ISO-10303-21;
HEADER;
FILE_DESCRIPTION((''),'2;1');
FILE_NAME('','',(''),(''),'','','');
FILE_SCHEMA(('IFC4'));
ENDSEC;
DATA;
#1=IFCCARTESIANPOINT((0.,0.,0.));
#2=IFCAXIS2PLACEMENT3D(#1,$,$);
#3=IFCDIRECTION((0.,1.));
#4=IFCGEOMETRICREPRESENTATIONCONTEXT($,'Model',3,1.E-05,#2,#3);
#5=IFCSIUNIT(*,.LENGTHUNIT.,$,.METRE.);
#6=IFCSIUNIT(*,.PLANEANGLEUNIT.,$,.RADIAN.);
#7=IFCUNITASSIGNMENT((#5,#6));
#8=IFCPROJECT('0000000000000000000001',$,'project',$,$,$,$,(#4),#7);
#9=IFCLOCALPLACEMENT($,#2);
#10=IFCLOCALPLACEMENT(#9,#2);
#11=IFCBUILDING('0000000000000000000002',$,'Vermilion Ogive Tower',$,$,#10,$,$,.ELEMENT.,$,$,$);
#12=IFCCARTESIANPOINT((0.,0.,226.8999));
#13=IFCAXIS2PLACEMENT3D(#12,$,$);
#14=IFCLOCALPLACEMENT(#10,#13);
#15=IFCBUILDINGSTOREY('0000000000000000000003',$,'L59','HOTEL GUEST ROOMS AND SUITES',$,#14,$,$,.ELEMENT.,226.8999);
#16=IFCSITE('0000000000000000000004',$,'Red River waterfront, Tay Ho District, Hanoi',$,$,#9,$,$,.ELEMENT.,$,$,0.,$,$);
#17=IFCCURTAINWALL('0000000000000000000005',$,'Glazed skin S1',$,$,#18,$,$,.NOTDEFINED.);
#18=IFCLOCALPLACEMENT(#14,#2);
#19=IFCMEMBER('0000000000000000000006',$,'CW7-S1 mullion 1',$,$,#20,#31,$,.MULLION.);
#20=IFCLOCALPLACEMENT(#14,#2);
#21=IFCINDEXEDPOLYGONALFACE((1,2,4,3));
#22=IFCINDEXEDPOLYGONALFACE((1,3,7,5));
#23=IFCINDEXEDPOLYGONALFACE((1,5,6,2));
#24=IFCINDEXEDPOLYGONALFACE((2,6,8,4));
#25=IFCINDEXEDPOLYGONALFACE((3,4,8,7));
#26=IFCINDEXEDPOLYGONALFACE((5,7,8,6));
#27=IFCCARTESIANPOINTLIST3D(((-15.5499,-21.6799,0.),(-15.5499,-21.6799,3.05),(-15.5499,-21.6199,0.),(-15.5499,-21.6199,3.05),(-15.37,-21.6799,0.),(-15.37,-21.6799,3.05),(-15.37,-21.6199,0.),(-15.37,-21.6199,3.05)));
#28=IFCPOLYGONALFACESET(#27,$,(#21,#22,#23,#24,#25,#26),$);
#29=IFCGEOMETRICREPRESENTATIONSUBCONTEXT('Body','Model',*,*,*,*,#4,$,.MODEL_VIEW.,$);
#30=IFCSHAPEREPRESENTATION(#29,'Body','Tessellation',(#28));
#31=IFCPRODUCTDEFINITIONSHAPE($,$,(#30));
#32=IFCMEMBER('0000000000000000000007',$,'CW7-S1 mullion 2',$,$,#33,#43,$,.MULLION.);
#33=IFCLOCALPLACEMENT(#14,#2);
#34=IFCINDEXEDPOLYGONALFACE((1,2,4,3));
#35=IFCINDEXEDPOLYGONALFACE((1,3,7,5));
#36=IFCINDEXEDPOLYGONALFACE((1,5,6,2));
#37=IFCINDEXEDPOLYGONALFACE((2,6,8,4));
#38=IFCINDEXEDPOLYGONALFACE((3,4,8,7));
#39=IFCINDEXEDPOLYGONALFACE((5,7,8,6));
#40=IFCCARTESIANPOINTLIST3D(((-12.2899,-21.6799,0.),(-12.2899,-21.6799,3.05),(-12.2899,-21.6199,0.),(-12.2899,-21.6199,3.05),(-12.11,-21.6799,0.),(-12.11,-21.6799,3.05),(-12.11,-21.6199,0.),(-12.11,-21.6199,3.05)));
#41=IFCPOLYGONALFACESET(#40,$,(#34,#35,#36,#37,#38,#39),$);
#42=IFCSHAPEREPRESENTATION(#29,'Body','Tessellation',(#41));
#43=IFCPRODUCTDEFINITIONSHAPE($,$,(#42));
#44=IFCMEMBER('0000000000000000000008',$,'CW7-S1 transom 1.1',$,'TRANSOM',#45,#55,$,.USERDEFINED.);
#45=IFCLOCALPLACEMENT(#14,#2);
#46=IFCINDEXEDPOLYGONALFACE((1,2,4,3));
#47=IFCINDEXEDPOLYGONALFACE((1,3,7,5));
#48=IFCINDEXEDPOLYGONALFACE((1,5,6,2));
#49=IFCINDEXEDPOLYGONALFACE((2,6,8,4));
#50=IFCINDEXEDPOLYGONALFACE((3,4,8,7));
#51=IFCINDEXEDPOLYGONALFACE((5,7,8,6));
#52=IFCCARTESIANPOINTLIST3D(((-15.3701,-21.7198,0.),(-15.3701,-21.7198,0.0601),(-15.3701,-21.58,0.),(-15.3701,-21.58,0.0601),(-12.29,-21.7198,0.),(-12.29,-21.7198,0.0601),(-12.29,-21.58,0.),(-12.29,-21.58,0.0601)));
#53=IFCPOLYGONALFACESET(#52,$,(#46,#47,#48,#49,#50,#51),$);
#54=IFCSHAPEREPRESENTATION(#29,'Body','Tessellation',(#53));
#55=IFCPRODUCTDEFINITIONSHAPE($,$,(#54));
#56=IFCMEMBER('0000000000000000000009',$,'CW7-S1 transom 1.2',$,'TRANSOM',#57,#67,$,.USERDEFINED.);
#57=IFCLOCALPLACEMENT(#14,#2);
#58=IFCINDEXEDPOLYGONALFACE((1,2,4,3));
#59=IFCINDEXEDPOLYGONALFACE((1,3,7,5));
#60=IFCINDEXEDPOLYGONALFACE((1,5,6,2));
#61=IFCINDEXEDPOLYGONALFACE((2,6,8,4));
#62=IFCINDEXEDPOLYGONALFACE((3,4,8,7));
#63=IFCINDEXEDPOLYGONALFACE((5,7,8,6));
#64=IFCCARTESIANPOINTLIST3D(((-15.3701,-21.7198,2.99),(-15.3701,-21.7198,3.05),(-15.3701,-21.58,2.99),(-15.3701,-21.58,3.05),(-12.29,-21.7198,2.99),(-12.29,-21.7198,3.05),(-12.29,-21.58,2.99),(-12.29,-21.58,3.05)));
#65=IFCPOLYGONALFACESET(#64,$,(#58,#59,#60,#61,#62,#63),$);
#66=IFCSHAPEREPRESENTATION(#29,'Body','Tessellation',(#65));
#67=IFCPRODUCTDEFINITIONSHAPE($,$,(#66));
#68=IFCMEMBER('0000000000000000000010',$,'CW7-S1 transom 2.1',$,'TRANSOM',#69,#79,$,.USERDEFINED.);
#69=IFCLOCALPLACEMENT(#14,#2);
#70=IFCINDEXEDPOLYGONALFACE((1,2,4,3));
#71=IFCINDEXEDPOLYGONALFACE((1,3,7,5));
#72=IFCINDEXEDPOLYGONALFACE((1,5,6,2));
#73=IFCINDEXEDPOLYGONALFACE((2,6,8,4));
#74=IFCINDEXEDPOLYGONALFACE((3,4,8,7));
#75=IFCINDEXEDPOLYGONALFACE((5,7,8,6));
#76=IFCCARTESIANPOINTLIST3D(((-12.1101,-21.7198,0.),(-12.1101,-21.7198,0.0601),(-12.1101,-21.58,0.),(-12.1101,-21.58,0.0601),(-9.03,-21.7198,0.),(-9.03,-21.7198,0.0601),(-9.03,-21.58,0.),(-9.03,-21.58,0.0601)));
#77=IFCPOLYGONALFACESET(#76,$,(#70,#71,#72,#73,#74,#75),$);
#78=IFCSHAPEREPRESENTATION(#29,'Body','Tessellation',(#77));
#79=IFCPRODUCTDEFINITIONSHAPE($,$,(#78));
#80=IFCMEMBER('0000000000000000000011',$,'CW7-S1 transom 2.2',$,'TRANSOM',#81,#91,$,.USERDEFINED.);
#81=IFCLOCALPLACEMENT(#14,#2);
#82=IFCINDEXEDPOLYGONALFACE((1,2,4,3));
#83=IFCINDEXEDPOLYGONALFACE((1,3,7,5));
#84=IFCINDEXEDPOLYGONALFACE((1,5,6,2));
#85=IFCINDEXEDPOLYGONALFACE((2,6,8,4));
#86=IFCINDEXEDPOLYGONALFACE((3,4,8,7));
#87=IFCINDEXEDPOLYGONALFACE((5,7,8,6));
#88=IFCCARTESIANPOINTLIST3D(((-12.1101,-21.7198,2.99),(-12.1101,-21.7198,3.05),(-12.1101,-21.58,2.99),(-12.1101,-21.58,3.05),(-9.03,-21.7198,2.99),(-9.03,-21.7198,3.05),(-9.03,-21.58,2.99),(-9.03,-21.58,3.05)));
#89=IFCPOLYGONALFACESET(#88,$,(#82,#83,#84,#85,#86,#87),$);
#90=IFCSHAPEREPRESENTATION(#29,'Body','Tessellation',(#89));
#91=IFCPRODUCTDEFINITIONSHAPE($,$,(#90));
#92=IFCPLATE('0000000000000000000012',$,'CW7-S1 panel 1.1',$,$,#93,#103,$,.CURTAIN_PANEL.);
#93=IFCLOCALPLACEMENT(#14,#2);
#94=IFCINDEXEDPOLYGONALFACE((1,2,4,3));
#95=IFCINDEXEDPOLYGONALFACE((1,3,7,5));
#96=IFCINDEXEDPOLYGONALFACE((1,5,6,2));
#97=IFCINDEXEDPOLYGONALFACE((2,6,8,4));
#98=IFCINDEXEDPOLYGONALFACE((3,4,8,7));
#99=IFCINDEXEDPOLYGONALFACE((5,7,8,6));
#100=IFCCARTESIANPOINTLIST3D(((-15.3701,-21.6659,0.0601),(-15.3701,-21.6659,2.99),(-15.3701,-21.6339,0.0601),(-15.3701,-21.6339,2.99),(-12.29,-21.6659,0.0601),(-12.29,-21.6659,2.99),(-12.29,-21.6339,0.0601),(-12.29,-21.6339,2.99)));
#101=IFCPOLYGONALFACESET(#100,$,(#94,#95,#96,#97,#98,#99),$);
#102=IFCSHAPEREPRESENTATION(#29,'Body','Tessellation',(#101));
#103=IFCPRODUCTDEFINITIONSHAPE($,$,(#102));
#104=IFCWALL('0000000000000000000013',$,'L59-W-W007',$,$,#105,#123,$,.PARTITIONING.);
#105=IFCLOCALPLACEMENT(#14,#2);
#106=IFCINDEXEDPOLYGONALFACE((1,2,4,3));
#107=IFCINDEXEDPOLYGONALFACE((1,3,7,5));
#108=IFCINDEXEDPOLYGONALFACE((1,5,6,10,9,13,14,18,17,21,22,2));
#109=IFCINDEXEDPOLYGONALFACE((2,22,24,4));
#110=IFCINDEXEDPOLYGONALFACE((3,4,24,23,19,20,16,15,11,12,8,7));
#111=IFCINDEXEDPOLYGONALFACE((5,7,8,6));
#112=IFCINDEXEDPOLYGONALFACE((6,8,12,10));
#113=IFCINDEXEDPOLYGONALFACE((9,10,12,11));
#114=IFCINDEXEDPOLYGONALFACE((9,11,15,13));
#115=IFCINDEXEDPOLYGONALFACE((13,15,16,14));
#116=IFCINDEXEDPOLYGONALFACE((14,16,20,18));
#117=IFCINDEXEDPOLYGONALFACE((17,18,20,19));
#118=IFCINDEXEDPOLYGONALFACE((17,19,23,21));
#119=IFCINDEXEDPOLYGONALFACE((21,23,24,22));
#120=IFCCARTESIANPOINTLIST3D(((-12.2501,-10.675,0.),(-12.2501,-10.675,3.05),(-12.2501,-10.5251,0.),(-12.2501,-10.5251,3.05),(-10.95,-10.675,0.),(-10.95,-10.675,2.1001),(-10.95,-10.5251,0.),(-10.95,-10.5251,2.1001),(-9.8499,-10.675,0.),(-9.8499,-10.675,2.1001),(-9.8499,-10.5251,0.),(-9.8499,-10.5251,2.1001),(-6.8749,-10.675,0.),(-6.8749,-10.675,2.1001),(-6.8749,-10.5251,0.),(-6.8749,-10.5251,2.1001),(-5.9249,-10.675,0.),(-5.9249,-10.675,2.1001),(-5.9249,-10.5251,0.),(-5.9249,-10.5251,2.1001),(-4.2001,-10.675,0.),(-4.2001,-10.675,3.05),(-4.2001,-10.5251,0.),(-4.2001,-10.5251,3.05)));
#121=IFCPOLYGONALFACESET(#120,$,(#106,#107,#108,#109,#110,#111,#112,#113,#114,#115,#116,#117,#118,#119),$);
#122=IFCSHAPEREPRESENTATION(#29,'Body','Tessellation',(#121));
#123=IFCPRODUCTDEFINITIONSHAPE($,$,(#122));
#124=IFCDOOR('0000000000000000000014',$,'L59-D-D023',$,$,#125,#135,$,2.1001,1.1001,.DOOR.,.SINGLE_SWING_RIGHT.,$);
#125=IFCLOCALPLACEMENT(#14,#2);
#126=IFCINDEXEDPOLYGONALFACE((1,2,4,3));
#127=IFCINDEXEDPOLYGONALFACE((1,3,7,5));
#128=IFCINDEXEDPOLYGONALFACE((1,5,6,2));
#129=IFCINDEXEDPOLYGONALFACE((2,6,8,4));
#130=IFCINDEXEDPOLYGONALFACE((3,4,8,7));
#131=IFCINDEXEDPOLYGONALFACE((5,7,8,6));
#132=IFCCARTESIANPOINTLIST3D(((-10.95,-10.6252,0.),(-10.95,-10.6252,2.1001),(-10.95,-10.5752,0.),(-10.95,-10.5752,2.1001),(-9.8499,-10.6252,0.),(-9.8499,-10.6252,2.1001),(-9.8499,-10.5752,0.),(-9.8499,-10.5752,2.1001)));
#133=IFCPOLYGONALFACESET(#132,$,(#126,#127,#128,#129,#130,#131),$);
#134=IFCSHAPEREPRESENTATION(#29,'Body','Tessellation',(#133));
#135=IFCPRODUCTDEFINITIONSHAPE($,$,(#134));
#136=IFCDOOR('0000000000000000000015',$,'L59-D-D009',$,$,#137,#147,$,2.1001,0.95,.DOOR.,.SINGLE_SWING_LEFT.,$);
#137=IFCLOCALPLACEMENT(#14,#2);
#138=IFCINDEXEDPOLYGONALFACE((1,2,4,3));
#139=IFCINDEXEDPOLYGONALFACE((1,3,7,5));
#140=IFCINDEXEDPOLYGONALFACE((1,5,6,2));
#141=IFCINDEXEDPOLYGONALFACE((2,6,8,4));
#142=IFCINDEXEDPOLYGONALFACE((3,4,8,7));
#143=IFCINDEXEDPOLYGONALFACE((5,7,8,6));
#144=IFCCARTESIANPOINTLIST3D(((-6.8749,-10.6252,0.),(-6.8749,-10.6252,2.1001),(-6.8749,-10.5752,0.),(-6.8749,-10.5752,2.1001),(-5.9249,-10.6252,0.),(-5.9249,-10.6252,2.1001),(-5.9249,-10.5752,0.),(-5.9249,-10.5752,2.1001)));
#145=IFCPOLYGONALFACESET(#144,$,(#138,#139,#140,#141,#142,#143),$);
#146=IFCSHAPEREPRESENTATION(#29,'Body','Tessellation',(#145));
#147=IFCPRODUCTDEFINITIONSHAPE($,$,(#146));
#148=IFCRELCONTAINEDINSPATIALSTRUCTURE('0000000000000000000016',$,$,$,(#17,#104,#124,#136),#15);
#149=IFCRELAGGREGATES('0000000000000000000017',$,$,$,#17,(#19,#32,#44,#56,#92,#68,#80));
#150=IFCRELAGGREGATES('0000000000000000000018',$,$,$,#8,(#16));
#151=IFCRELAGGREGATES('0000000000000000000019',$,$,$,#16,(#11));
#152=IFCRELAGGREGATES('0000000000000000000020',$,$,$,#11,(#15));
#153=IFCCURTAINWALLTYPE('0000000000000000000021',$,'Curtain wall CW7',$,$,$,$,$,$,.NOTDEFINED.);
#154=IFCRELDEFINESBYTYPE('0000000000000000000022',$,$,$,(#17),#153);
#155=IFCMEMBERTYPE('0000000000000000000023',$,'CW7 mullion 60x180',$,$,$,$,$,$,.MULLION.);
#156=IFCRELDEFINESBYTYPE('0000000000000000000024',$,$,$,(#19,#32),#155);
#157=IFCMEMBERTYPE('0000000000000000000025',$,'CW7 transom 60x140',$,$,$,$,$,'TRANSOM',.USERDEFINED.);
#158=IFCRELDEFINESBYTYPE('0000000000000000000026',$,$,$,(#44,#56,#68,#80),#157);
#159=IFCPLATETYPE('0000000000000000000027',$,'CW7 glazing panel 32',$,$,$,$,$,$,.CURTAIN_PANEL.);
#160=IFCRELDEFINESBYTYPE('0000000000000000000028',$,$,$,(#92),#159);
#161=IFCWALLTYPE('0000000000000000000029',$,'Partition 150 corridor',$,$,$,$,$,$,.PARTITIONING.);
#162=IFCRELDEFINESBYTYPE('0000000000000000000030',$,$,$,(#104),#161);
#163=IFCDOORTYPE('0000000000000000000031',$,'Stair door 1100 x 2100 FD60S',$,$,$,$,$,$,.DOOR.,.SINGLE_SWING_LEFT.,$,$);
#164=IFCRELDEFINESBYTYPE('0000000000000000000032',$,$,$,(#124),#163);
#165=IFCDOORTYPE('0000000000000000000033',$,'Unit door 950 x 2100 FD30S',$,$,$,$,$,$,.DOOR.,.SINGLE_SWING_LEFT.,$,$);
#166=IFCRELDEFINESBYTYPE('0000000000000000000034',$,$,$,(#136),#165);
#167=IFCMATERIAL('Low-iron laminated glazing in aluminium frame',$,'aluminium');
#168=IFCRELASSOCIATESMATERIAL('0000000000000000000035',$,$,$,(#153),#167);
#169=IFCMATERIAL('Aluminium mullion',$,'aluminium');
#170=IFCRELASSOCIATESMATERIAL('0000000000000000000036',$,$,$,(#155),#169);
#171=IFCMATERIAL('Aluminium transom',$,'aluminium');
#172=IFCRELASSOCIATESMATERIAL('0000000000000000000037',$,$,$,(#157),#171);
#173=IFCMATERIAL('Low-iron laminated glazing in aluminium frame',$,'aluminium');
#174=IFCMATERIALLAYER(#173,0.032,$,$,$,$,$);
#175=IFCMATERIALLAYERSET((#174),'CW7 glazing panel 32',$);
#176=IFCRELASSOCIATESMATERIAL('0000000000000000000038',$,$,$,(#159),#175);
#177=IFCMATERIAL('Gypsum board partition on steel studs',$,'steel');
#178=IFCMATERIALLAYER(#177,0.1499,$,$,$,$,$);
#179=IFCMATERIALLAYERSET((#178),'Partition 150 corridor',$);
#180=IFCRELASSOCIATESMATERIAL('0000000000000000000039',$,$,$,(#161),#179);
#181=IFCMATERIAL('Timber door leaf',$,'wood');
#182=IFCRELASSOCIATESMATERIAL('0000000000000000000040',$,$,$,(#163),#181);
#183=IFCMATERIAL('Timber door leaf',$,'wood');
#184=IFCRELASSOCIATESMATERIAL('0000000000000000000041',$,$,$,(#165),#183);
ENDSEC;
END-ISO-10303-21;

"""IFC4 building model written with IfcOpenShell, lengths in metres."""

from ifc_helpers import new_model, si_unit, direction, frame, frame_2d, origin, origin_2d, place, context, subcontext, project, spatial, rectangle, extrude, material, layer, layer_set, material_profile, profile_set, type_object, element, fill, aggregate, save


model = new_model("IFC4")

# Units and contexts
model_context = context("Model", 3, precision=1e-05, world=origin(), true_north=direction((0.0, 1.0)))
body_context = subcontext(model_context, "Body", "Model", "MODEL_VIEW")
ifc_project = project(units=[si_unit("LENGTHUNIT", "METRE"), si_unit("PLANEANGLEUNIT", "RADIAN")], contexts=[model_context])

# Site, building, storey
site_placement = place(None, origin())
site = spatial("IfcSite", under=ifc_project, at=site_placement, Name="Red River waterfront, Tay Ho District, Hanoi", CompositionType="ELEMENT", RefElevation=0.0)
building_placement = place(site_placement, origin())
building = spatial("IfcBuilding", under=site, at=building_placement, Name="Vermilion Ogive Tower", CompositionType="ELEMENT")
storey_placement = place(building_placement, frame((0.0, 0.0, 226.8999)))
storey = spatial("IfcBuildingStorey", under=building, at=storey_placement, Name="L59", Description="HOTEL GUEST ROOMS AND SUITES", CompositionType="ELEMENT", Elevation=226.8999)

# Curtain wall, members, plate
ifc_material_1 = material(Name="Low-iron laminated glazing in aluminium frame", Category="aluminium")
curtain_wall_type = type_object("IfcCurtainWallType", Name="Curtain wall CW7", PredefinedType="NOTDEFINED", material=ifc_material_1)
curtain_wall_placement = place(storey_placement, origin())
curtain_wall = element("IfcCurtainWall", 1, at=curtain_wall_placement, inside=storey, type_object=curtain_wall_type, Name="Glazed skin S1", PredefinedType="NOTDEFINED")
ifc_material_2 = material(Name="Aluminium mullion", Category="aluminium")
ifc_material_profile_1 = material_profile(ifc_material_2, rectangle(XDim=0.0601, YDim=0.1799, at=origin_2d()), Name="AL 60x180")
ifc_profile_set_1 = profile_set([ifc_material_profile_1], Name="Aluminium mullion")
member_type_1 = type_object("IfcMemberType", Name="CW7 mullion 60x180", PredefinedType="MULLION", material=ifc_profile_set_1)
member_1_placement = place(storey_placement, frame((-15.46, -21.6499, 0.0), z_axis=(0.0, 0.0, 1.0), x_axis=(0.0, 1.0, 0.0)))
member_1 = element("IfcMember", 2, at=member_1_placement, type_object=member_type_1, Name="CW7-S1 mullion 1", PredefinedType="MULLION", context=body_context, shape_type="SweptSolid", body=[
    extrude(rectangle(XDim=0.0601, YDim=0.1799, at=origin_2d()), origin(), (0.0, 0.0, 1.0), 3.05),
])
member_2_placement = place(storey_placement, frame((-12.2, -21.6499, 0.0), z_axis=(0.0, 0.0, 1.0), x_axis=(0.0, 1.0, 0.0)))
member_2 = element("IfcMember", 3, at=member_2_placement, type_object=member_type_1, Name="CW7-S1 mullion 2", PredefinedType="MULLION", context=body_context, shape_type="SweptSolid", body=[
    extrude(rectangle(XDim=0.0601, YDim=0.1799, at=origin_2d()), origin(), (0.0, 0.0, 1.0), 3.05),
])
ifc_material_3 = material(Name="Aluminium transom", Category="aluminium")
ifc_material_profile_2 = material_profile(ifc_material_3, rectangle(XDim=0.1399, YDim=0.0601, at=origin_2d()), Name="AL 60x140")
ifc_profile_set_2 = profile_set([ifc_material_profile_2], Name="Aluminium transom")
member_type_2 = type_object("IfcMemberType", Name="CW7 transom 60x140", ElementType="TRANSOM", PredefinedType="USERDEFINED", material=ifc_profile_set_2)
member_3_placement = place(storey_placement, frame((-15.3701, -21.6499, 0.03), z_axis=(1.0, 0.0, 0.0), x_axis=(0.0, 1.0, 0.0)))
member_3 = element("IfcMember", 4, at=member_3_placement, type_object=member_type_2, Name="CW7-S1 transom 1.1", ObjectType="TRANSOM", PredefinedType="USERDEFINED", context=body_context, shape_type="SweptSolid", body=[
    extrude(rectangle(XDim=0.1399, YDim=0.0601, at=origin_2d()), origin(), (0.0, 0.0, 1.0), 3.0801),
])
member_4_placement = place(storey_placement, frame((-15.3701, -21.6499, 3.02), z_axis=(1.0, 0.0, 0.0), x_axis=(0.0, 1.0, 0.0)))
member_4 = element("IfcMember", 5, at=member_4_placement, type_object=member_type_2, Name="CW7-S1 transom 1.2", ObjectType="TRANSOM", PredefinedType="USERDEFINED", context=body_context, shape_type="SweptSolid", body=[
    extrude(rectangle(XDim=0.1399, YDim=0.0601, at=origin_2d()), origin(), (0.0, 0.0, 1.0), 3.0801),
])
member_5_placement = place(storey_placement, frame((-12.1101, -21.6499, 0.03), z_axis=(1.0, 0.0, 0.0), x_axis=(0.0, 1.0, 0.0)))
member_5 = element("IfcMember", 6, at=member_5_placement, type_object=member_type_2, Name="CW7-S1 transom 2.1", ObjectType="TRANSOM", PredefinedType="USERDEFINED", context=body_context, shape_type="SweptSolid", body=[
    extrude(rectangle(XDim=0.1399, YDim=0.0601, at=origin_2d()), origin(), (0.0, 0.0, 1.0), 3.0801),
])
member_6_placement = place(storey_placement, frame((-12.1101, -21.6499, 3.02), z_axis=(1.0, 0.0, 0.0), x_axis=(0.0, 1.0, 0.0)))
member_6 = element("IfcMember", 7, at=member_6_placement, type_object=member_type_2, Name="CW7-S1 transom 2.2", ObjectType="TRANSOM", PredefinedType="USERDEFINED", context=body_context, shape_type="SweptSolid", body=[
    extrude(rectangle(XDim=0.1399, YDim=0.0601, at=origin_2d()), origin(), (0.0, 0.0, 1.0), 3.0801),
])
ifc_material_4 = material(Name="Low-iron laminated glazing in aluminium frame", Category="aluminium")
ifc_layer_1 = layer(ifc_material_4, 0.032)
ifc_layer_set_1 = layer_set([ifc_layer_1], Name="CW7 glazing panel 32")
plate_type = type_object("IfcPlateType", Name="CW7 glazing panel 32", PredefinedType="CURTAIN_PANEL", material=ifc_layer_set_1)
plate_placement = place(storey_placement, frame((-13.8301, -21.6499, 0.0601), z_axis=(0.0, 0.0, 1.0), x_axis=(1.0, 0.0, 0.0)))
plate = element("IfcPlate", 8, at=plate_placement, type_object=plate_type, Name="CW7-S1 panel 1.1", PredefinedType="CURTAIN_PANEL", context=body_context, shape_type="SweptSolid", body=[
    extrude(rectangle(XDim=3.0801, YDim=0.032, at=origin_2d()), origin(), (0.0, 0.0, 1.0), 2.9299),
])
aggregate(curtain_wall, [member_1, member_2, member_3, member_4, plate, member_5, member_6])

# Wall, openings, doors
ifc_material_5 = material(Name="Gypsum board partition on steel studs", Category="steel")
ifc_layer_2 = layer(ifc_material_5, 0.1499)
ifc_layer_set_2 = layer_set([ifc_layer_2], Name="Partition 150 corridor")
wall_type_1 = type_object("IfcWallType", Name="Partition 150 corridor", PredefinedType="PARTITIONING", material=ifc_layer_set_2)
wall_1_placement = place(storey_placement, frame((-12.25, -10.6001, 0.0), z_axis=(0.0, 0.0, 1.0), x_axis=(1.0, 0.0, 0.0)))
wall_1 = element("IfcWall", 9, at=wall_1_placement, inside=storey, type_object=wall_type_1, Name="L59-W-W007", PredefinedType="PARTITIONING", context=body_context, shape_type="SweptSolid", body=[
    extrude(rectangle(XDim=8.05, YDim=0.1499, at=frame_2d((4.0249, 0.0))), origin(), (0.0, 0.0, 1.0), 3.05),
])
opening_1_placement = place(wall_1_placement, frame((5.375, 0.0, 0.0)))
opening_1 = element("IfcOpeningElement", 10, at=opening_1_placement, cuts=wall_1, PredefinedType="OPENING", context=body_context, shape_type="SweptSolid", body=[
    extrude(rectangle(XDim=0.95, YDim=2.1001, at=frame_2d((0.4751, 1.05))), frame((0.0, 0.085, 0.0), z_axis=(0.0, -1.0, 0.0), x_axis=(1.0, 0.0, 0.0)), (0.0, 0.0, 1.0), 0.1699),
])
opening_2_placement = place(wall_1_placement, frame((1.3, 0.0, 0.0)))
opening_2 = element("IfcOpeningElement", 11, at=opening_2_placement, cuts=wall_1, PredefinedType="OPENING", context=body_context, shape_type="SweptSolid", body=[
    extrude(rectangle(XDim=1.1001, YDim=2.1001, at=frame_2d((0.55, 1.05))), frame((0.0, 0.085, 0.0), z_axis=(0.0, -1.0, 0.0), x_axis=(1.0, 0.0, 0.0)), (0.0, 0.0, 1.0), 0.1699),
])
ifc_material_6 = material(Name="Timber door leaf", Category="wood")
door_type_1 = type_object("IfcDoorType", Name="Stair door 1100 x 2100 FD60S", OperationType="SINGLE_SWING_LEFT", PredefinedType="DOOR", material=ifc_material_6)
door_1_placement = place(opening_2_placement, origin())
door_1 = element("IfcDoor", 12, at=door_1_placement, inside=storey, type_object=door_type_1, Name="L59-D-D023", OperationType="SINGLE_SWING_RIGHT", OverallHeight=2.1001, OverallWidth=1.1001, PredefinedType="DOOR", context=body_context, shape_type="SweptSolid", body=[
    extrude(rectangle(XDim=1.1001, YDim=2.1001, at=frame_2d((0.55, 1.05))), frame((0.0, 0.0249, 0.0), z_axis=(0.0, -1.0, 0.0), x_axis=(1.0, 0.0, 0.0)), (0.0, 0.0, 1.0), 0.05),
])
fill(opening_2, door_1)
ifc_material_7 = material(Name="Timber door leaf", Category="wood")
door_type_2 = type_object("IfcDoorType", Name="Unit door 950 x 2100 FD30S", OperationType="SINGLE_SWING_LEFT", PredefinedType="DOOR", material=ifc_material_7)
door_2_placement = place(opening_1_placement, origin())
door_2 = element("IfcDoor", 13, at=door_2_placement, inside=storey, type_object=door_type_2, Name="L59-D-D009", OperationType="SINGLE_SWING_LEFT", OverallHeight=2.1001, OverallWidth=0.95, PredefinedType="DOOR", context=body_context, shape_type="SweptSolid", body=[
    extrude(rectangle(XDim=0.95, YDim=2.1001, at=frame_2d((0.4751, 1.05))), frame((0.0, 0.0249, 0.0), z_axis=(0.0, -1.0, 0.0), x_axis=(1.0, 0.0, 0.0)), (0.0, 0.0, 1.0), 0.05),
])
fill(opening_1, door_2)

save(model, "model.ifc")
